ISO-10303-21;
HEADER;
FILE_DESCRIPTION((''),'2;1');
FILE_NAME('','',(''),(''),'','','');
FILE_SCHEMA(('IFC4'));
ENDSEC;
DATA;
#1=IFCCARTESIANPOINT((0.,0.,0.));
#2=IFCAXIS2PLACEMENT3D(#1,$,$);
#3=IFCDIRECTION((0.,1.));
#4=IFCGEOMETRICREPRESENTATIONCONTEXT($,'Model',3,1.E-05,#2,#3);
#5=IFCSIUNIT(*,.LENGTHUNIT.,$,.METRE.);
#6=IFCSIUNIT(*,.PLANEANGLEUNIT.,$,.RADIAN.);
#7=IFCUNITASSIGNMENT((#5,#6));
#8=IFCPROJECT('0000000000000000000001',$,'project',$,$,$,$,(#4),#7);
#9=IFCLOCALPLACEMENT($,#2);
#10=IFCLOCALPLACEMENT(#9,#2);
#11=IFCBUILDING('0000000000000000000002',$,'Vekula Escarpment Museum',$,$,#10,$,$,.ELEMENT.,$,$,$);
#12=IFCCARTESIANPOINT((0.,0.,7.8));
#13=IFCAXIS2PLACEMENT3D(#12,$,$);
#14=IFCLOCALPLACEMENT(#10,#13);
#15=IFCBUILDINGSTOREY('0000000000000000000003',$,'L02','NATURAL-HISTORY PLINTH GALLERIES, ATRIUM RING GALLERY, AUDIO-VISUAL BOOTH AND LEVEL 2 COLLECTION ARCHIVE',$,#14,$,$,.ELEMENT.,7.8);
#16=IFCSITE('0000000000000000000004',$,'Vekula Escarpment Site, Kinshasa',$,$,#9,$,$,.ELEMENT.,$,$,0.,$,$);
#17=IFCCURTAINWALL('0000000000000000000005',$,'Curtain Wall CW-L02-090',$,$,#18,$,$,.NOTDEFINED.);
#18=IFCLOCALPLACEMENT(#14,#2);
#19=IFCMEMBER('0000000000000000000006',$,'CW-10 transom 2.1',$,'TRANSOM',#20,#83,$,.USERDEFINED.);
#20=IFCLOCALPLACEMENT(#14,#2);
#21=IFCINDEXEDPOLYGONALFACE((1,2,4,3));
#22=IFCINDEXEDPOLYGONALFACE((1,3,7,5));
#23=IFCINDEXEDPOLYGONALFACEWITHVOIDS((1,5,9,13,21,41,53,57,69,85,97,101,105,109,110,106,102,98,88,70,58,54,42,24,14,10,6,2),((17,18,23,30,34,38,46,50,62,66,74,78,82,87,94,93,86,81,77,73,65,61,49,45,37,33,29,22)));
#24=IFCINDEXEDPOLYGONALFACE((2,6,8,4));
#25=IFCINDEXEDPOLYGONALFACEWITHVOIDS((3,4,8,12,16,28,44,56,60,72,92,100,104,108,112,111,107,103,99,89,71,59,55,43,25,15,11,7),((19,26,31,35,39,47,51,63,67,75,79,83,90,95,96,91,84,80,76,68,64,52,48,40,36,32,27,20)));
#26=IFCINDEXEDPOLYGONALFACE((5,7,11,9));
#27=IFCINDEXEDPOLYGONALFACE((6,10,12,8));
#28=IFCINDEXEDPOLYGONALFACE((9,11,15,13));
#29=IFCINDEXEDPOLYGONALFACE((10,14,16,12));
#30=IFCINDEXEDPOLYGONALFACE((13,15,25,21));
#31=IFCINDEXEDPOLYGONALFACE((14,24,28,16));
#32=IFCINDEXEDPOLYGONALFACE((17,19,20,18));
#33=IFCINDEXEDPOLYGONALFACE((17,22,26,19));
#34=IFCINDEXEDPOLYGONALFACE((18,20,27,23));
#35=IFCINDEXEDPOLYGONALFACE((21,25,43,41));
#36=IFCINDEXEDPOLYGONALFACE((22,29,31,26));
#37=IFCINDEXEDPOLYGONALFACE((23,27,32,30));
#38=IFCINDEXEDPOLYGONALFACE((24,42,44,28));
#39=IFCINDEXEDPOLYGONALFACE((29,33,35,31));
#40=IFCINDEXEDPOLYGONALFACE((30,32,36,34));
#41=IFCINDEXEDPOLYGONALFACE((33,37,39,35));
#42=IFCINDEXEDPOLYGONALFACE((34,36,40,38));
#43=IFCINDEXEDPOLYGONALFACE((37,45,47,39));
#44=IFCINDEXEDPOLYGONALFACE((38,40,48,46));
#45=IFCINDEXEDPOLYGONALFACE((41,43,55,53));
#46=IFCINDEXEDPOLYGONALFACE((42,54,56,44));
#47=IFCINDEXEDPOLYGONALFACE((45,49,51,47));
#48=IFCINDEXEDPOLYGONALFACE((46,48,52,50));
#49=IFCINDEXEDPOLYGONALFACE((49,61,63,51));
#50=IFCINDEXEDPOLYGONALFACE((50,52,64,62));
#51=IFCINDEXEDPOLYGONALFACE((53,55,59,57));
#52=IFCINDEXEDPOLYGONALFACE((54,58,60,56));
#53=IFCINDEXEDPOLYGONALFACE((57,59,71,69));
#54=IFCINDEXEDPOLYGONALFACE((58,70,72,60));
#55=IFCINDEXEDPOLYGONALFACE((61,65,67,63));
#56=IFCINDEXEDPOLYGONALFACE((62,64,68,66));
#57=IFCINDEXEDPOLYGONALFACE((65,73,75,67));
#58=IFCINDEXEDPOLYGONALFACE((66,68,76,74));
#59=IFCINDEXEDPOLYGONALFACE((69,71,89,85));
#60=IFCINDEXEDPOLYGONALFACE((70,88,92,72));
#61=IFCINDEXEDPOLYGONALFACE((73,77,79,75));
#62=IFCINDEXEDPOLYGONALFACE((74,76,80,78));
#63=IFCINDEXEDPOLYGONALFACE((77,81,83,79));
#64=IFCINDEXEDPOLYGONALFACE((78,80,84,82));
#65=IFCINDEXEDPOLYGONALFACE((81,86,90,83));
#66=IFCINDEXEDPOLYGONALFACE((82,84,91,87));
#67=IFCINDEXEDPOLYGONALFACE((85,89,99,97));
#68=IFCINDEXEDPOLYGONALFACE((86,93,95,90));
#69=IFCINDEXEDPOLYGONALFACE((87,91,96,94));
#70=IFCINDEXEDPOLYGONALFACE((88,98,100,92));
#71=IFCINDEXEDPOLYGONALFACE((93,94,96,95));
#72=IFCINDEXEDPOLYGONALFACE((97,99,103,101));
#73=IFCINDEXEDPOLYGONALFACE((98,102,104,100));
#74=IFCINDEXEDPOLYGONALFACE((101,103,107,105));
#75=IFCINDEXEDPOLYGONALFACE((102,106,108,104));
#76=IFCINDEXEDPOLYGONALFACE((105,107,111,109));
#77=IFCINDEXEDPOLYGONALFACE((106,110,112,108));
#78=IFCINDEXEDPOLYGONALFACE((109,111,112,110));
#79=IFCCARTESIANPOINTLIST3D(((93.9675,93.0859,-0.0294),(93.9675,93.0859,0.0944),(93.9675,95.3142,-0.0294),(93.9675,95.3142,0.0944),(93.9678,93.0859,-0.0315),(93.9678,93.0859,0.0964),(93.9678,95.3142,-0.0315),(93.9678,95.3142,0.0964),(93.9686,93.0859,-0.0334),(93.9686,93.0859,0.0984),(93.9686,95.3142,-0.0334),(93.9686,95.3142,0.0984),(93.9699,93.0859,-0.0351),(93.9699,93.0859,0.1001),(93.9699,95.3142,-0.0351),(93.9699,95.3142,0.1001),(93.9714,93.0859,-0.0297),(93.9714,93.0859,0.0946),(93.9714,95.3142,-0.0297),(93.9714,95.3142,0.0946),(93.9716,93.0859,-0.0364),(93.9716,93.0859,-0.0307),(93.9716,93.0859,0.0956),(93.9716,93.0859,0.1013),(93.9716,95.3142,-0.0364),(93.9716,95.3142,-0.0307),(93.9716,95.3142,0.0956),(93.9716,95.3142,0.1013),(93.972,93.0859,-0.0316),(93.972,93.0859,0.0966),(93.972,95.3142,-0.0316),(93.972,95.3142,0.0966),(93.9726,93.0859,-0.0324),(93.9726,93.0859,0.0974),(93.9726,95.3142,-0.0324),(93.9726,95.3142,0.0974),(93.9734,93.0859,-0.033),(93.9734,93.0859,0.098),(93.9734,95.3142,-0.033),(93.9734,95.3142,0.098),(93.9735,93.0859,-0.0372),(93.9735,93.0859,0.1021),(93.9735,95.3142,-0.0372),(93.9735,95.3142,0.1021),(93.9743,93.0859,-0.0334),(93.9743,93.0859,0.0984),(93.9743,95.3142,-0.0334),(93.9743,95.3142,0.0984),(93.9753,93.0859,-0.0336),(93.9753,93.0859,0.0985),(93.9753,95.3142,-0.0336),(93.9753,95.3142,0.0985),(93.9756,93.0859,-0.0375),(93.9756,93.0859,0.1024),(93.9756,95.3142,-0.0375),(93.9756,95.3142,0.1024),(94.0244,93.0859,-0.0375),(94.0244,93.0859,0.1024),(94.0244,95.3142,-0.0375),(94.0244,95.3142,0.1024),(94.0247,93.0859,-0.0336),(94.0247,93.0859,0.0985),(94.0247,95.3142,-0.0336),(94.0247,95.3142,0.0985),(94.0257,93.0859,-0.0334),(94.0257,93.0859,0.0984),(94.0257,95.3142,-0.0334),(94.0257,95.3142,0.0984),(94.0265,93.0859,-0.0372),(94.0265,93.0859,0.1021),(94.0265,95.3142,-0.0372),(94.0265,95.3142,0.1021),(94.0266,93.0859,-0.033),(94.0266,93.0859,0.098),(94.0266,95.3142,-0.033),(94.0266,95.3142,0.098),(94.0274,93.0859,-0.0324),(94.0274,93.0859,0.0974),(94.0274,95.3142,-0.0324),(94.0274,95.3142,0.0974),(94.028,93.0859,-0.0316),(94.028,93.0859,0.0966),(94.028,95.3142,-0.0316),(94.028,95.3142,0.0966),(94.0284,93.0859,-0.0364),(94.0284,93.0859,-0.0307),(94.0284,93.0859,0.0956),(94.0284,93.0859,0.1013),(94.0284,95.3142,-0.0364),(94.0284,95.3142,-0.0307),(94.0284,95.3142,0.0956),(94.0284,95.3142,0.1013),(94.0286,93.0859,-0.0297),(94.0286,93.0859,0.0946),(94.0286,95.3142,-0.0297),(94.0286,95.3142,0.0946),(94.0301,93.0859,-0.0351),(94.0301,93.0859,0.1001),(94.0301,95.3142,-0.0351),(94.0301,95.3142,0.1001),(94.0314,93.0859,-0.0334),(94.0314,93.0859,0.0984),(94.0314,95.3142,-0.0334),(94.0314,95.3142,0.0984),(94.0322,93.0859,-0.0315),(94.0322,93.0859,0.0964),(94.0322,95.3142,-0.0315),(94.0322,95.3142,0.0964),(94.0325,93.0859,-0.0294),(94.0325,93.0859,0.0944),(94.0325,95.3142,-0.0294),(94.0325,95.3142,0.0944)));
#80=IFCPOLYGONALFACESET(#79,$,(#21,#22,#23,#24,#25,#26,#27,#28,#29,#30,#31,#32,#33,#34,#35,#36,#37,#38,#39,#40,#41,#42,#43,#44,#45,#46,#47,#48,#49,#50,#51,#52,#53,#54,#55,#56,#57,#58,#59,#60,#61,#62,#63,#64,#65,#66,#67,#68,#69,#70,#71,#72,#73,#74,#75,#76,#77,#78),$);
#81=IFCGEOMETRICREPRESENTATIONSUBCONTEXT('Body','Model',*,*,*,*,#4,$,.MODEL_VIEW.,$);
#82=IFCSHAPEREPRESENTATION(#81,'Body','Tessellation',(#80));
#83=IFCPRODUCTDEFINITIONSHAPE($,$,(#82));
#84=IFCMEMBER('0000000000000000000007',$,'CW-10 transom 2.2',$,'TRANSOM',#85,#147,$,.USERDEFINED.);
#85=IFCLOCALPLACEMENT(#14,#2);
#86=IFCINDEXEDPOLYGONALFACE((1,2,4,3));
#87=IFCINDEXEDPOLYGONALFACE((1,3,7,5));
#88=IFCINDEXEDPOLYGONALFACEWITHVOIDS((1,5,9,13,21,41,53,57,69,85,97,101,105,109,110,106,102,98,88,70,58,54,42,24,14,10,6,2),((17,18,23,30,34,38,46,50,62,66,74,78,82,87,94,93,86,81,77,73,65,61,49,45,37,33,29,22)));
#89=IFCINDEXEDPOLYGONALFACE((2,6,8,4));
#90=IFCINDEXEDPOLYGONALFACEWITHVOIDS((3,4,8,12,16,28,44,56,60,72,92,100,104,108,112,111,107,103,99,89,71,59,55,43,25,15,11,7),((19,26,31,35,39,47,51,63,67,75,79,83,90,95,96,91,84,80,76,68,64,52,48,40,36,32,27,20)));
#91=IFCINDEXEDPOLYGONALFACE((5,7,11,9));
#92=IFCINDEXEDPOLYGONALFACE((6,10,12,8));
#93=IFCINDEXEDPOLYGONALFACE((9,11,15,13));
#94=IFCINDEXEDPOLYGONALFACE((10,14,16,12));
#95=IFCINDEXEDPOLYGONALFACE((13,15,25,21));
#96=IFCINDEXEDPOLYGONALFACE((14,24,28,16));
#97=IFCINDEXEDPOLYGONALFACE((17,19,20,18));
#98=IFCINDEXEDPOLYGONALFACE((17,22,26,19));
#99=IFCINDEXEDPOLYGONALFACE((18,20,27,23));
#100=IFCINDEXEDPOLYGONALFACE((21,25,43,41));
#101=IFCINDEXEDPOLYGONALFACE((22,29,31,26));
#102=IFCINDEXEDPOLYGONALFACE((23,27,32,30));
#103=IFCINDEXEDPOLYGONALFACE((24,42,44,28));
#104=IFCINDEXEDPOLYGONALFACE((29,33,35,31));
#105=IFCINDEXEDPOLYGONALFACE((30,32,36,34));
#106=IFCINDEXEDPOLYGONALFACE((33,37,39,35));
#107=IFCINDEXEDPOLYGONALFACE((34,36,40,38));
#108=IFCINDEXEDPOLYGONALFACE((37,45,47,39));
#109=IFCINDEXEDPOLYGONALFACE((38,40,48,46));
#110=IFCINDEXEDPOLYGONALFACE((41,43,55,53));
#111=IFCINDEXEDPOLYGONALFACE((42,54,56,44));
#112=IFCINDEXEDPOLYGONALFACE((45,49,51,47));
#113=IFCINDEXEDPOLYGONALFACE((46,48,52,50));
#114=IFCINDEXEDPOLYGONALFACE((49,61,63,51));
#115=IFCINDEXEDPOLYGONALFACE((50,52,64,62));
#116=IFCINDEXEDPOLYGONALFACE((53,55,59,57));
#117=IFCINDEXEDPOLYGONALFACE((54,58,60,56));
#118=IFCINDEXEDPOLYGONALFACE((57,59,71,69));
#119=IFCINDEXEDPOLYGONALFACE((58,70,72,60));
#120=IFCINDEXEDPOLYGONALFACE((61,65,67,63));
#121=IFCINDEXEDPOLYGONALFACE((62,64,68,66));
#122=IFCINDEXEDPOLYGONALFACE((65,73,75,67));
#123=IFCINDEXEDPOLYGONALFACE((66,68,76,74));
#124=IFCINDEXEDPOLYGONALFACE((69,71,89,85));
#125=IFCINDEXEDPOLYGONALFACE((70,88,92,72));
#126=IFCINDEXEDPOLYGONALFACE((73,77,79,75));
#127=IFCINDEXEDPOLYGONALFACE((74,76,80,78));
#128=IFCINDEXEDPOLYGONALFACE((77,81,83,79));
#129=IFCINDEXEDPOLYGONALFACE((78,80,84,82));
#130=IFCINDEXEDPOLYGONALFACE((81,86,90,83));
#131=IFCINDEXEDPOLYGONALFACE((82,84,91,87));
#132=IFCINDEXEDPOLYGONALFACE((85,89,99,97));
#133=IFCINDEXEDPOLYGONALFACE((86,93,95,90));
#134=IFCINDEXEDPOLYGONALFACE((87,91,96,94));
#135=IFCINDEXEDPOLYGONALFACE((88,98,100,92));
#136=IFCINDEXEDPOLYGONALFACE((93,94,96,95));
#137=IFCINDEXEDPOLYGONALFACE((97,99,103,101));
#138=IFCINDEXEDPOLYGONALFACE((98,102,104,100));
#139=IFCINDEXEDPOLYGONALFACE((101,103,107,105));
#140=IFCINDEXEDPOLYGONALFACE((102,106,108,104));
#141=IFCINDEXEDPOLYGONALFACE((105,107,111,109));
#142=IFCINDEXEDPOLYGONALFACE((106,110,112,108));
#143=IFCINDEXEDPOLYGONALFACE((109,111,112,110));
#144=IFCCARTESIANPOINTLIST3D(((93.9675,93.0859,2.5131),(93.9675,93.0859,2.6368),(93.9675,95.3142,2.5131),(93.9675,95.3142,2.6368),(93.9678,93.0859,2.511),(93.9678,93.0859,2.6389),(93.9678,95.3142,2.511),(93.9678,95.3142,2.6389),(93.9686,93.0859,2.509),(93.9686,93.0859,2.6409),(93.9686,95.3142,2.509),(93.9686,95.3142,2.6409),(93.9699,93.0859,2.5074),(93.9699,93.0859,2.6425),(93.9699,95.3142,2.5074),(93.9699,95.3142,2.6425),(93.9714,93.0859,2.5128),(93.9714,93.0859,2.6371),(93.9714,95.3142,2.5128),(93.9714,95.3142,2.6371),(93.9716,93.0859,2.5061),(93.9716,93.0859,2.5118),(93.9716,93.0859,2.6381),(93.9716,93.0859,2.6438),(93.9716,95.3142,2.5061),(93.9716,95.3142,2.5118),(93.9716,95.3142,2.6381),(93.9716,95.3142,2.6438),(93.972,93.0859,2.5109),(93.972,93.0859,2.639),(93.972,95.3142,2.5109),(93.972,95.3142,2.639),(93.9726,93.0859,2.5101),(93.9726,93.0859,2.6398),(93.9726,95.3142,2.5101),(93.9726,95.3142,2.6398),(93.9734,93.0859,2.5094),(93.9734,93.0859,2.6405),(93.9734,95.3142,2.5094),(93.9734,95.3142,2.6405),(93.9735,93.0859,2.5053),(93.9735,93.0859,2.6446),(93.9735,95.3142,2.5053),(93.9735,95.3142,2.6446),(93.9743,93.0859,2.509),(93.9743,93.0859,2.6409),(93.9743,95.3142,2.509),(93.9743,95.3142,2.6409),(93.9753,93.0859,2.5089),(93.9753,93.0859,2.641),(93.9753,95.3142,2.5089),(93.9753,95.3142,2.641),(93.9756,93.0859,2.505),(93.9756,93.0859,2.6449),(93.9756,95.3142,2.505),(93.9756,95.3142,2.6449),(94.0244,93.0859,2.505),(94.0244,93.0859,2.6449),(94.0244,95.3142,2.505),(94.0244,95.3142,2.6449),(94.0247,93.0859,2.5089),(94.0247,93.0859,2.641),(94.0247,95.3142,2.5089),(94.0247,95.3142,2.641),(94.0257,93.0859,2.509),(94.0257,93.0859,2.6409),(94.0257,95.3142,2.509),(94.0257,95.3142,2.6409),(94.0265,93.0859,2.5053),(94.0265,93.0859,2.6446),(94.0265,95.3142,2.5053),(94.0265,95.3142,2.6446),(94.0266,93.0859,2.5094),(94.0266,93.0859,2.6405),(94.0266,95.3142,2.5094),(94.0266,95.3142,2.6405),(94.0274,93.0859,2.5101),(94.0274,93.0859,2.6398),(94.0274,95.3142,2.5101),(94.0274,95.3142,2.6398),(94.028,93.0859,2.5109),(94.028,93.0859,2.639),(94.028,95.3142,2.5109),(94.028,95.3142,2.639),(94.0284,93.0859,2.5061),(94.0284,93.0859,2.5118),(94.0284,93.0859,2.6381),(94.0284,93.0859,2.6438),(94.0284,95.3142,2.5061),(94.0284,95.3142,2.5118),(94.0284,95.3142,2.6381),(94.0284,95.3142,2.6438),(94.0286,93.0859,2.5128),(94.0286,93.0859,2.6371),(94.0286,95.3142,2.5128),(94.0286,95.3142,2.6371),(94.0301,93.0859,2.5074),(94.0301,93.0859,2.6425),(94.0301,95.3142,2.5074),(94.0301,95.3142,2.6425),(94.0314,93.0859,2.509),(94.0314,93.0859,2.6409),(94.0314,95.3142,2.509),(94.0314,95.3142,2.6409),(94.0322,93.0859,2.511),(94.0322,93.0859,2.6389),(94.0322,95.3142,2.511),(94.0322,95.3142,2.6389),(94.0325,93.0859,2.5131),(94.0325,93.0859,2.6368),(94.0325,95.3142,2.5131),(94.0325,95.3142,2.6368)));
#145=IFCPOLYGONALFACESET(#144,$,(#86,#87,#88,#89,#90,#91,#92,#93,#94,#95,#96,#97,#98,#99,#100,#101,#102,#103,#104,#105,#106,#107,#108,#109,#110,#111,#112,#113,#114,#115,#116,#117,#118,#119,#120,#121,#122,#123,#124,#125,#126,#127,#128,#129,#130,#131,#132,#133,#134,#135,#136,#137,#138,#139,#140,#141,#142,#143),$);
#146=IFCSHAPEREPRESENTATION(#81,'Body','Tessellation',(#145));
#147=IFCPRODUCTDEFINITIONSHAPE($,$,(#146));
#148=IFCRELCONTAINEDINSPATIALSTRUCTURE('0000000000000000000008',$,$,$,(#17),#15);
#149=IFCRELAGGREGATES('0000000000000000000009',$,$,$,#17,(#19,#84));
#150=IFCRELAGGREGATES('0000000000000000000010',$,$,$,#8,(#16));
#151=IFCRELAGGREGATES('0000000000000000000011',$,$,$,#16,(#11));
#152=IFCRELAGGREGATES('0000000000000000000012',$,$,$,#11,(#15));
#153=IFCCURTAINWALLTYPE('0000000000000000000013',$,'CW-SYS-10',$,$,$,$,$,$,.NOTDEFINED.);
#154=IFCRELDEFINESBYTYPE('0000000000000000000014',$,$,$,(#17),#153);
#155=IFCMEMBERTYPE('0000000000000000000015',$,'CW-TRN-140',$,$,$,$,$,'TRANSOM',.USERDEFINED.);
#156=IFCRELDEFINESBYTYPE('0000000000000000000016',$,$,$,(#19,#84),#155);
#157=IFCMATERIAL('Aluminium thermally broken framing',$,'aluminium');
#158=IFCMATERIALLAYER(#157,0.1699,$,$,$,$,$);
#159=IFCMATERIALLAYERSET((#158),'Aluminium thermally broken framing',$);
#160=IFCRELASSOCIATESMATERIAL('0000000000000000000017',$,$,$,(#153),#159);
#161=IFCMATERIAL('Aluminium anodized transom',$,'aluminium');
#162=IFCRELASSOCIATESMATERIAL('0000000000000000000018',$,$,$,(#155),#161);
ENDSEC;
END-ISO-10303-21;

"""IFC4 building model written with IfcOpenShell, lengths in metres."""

from ifc_helpers import new_model, si_unit, direction, frame, origin, origin_2d, place, context, subcontext, project, spatial, hollow_rectangle, extrude, material, layer, layer_set, material_profile, profile_set, type_object, element, aggregate, save


model = new_model("IFC4")

# Units and contexts
model_context = context("Model", 3, precision=1e-05, world=origin(), true_north=direction((0.0, 1.0)))
body_context = subcontext(model_context, "Body", "Model", "MODEL_VIEW")
ifc_project = project(units=[si_unit("LENGTHUNIT", "METRE"), si_unit("PLANEANGLEUNIT", "RADIAN")], contexts=[model_context])

# Site, building, storey
site_placement = place(None, origin())
site = spatial("IfcSite", under=ifc_project, at=site_placement, Name="Vekula Escarpment Site, Kinshasa", CompositionType="ELEMENT", RefElevation=0.0)
building_placement = place(site_placement, origin())
building = spatial("IfcBuilding", under=site, at=building_placement, Name="Vekula Escarpment Museum", CompositionType="ELEMENT")
storey_placement = place(building_placement, frame((0.0, 0.0, 7.8)))
storey = spatial("IfcBuildingStorey", under=building, at=storey_placement, Name="L02", Description="NATURAL-HISTORY PLINTH GALLERIES, ATRIUM RING GALLERY, AUDIO-VISUAL BOOTH AND LEVEL 2 COLLECTION ARCHIVE", CompositionType="ELEMENT", Elevation=7.8)

# Curtain wall, members
ifc_material_1 = material(Name="Aluminium thermally broken framing", Category="aluminium")
ifc_layer_1 = layer(ifc_material_1, 0.1699)
ifc_layer_set_1 = layer_set([ifc_layer_1], Name="Aluminium thermally broken framing")
curtain_wall_type = type_object("IfcCurtainWallType", Name="CW-SYS-10", PredefinedType="NOTDEFINED", material=ifc_layer_set_1)
curtain_wall_placement = place(storey_placement, origin())
curtain_wall = element("IfcCurtainWall", 1, at=curtain_wall_placement, inside=storey, type_object=curtain_wall_type, Name="Curtain Wall CW-L02-090", PredefinedType="NOTDEFINED")
ifc_material_2 = material(Name="Aluminium anodized transom", Category="aluminium")
ifc_material_profile_1 = material_profile(ifc_material_2, hollow_rectangle(XDim=0.0649, YDim=0.1399, WallThickness=0.0039, InnerFilletRadius=0.0039, OuterFilletRadius=0.0081, at=origin_2d()), Name="ALU 140x65x4")
ifc_profile_set_1 = profile_set([ifc_material_profile_1], Name="Aluminium anodized transom")
member_type_1 = type_object("IfcMemberType", Name="CW-TRN-140", ElementType="TRANSOM", PredefinedType="USERDEFINED", material=ifc_profile_set_1)
member_1_placement = place(storey_placement, frame((94.0, 95.3142, 0.0325), z_axis=(0.0, -1.0, 0.0), x_axis=(1.0, 0.0, 0.0)))
member_1 = element("IfcMember", 2, at=member_1_placement, type_object=member_type_1, Name="CW-10 transom 2.1", ObjectType="TRANSOM", PredefinedType="USERDEFINED", context=body_context, shape_type="SweptSolid", body=[
    extrude(hollow_rectangle(XDim=0.0649, YDim=0.1399, WallThickness=0.0039, InnerFilletRadius=0.0039, OuterFilletRadius=0.0081, at=origin_2d()), origin(), (0.0, 0.0, 1.0), 2.2283),
])
member_2_placement = place(storey_placement, frame((94.0, 95.3142, 2.575), z_axis=(0.0, -1.0, 0.0), x_axis=(1.0, 0.0, 0.0)))
member_2 = element("IfcMember", 3, at=member_2_placement, type_object=member_type_1, Name="CW-10 transom 2.2", ObjectType="TRANSOM", PredefinedType="USERDEFINED", context=body_context, shape_type="SweptSolid", body=[
    extrude(hollow_rectangle(XDim=0.0649, YDim=0.1399, WallThickness=0.0039, InnerFilletRadius=0.0039, OuterFilletRadius=0.0081, at=origin_2d()), origin(), (0.0, 0.0, 1.0), 2.2283),
])

aggregate(curtain_wall, [member_1, member_2])

save(model, "model.ifc")
